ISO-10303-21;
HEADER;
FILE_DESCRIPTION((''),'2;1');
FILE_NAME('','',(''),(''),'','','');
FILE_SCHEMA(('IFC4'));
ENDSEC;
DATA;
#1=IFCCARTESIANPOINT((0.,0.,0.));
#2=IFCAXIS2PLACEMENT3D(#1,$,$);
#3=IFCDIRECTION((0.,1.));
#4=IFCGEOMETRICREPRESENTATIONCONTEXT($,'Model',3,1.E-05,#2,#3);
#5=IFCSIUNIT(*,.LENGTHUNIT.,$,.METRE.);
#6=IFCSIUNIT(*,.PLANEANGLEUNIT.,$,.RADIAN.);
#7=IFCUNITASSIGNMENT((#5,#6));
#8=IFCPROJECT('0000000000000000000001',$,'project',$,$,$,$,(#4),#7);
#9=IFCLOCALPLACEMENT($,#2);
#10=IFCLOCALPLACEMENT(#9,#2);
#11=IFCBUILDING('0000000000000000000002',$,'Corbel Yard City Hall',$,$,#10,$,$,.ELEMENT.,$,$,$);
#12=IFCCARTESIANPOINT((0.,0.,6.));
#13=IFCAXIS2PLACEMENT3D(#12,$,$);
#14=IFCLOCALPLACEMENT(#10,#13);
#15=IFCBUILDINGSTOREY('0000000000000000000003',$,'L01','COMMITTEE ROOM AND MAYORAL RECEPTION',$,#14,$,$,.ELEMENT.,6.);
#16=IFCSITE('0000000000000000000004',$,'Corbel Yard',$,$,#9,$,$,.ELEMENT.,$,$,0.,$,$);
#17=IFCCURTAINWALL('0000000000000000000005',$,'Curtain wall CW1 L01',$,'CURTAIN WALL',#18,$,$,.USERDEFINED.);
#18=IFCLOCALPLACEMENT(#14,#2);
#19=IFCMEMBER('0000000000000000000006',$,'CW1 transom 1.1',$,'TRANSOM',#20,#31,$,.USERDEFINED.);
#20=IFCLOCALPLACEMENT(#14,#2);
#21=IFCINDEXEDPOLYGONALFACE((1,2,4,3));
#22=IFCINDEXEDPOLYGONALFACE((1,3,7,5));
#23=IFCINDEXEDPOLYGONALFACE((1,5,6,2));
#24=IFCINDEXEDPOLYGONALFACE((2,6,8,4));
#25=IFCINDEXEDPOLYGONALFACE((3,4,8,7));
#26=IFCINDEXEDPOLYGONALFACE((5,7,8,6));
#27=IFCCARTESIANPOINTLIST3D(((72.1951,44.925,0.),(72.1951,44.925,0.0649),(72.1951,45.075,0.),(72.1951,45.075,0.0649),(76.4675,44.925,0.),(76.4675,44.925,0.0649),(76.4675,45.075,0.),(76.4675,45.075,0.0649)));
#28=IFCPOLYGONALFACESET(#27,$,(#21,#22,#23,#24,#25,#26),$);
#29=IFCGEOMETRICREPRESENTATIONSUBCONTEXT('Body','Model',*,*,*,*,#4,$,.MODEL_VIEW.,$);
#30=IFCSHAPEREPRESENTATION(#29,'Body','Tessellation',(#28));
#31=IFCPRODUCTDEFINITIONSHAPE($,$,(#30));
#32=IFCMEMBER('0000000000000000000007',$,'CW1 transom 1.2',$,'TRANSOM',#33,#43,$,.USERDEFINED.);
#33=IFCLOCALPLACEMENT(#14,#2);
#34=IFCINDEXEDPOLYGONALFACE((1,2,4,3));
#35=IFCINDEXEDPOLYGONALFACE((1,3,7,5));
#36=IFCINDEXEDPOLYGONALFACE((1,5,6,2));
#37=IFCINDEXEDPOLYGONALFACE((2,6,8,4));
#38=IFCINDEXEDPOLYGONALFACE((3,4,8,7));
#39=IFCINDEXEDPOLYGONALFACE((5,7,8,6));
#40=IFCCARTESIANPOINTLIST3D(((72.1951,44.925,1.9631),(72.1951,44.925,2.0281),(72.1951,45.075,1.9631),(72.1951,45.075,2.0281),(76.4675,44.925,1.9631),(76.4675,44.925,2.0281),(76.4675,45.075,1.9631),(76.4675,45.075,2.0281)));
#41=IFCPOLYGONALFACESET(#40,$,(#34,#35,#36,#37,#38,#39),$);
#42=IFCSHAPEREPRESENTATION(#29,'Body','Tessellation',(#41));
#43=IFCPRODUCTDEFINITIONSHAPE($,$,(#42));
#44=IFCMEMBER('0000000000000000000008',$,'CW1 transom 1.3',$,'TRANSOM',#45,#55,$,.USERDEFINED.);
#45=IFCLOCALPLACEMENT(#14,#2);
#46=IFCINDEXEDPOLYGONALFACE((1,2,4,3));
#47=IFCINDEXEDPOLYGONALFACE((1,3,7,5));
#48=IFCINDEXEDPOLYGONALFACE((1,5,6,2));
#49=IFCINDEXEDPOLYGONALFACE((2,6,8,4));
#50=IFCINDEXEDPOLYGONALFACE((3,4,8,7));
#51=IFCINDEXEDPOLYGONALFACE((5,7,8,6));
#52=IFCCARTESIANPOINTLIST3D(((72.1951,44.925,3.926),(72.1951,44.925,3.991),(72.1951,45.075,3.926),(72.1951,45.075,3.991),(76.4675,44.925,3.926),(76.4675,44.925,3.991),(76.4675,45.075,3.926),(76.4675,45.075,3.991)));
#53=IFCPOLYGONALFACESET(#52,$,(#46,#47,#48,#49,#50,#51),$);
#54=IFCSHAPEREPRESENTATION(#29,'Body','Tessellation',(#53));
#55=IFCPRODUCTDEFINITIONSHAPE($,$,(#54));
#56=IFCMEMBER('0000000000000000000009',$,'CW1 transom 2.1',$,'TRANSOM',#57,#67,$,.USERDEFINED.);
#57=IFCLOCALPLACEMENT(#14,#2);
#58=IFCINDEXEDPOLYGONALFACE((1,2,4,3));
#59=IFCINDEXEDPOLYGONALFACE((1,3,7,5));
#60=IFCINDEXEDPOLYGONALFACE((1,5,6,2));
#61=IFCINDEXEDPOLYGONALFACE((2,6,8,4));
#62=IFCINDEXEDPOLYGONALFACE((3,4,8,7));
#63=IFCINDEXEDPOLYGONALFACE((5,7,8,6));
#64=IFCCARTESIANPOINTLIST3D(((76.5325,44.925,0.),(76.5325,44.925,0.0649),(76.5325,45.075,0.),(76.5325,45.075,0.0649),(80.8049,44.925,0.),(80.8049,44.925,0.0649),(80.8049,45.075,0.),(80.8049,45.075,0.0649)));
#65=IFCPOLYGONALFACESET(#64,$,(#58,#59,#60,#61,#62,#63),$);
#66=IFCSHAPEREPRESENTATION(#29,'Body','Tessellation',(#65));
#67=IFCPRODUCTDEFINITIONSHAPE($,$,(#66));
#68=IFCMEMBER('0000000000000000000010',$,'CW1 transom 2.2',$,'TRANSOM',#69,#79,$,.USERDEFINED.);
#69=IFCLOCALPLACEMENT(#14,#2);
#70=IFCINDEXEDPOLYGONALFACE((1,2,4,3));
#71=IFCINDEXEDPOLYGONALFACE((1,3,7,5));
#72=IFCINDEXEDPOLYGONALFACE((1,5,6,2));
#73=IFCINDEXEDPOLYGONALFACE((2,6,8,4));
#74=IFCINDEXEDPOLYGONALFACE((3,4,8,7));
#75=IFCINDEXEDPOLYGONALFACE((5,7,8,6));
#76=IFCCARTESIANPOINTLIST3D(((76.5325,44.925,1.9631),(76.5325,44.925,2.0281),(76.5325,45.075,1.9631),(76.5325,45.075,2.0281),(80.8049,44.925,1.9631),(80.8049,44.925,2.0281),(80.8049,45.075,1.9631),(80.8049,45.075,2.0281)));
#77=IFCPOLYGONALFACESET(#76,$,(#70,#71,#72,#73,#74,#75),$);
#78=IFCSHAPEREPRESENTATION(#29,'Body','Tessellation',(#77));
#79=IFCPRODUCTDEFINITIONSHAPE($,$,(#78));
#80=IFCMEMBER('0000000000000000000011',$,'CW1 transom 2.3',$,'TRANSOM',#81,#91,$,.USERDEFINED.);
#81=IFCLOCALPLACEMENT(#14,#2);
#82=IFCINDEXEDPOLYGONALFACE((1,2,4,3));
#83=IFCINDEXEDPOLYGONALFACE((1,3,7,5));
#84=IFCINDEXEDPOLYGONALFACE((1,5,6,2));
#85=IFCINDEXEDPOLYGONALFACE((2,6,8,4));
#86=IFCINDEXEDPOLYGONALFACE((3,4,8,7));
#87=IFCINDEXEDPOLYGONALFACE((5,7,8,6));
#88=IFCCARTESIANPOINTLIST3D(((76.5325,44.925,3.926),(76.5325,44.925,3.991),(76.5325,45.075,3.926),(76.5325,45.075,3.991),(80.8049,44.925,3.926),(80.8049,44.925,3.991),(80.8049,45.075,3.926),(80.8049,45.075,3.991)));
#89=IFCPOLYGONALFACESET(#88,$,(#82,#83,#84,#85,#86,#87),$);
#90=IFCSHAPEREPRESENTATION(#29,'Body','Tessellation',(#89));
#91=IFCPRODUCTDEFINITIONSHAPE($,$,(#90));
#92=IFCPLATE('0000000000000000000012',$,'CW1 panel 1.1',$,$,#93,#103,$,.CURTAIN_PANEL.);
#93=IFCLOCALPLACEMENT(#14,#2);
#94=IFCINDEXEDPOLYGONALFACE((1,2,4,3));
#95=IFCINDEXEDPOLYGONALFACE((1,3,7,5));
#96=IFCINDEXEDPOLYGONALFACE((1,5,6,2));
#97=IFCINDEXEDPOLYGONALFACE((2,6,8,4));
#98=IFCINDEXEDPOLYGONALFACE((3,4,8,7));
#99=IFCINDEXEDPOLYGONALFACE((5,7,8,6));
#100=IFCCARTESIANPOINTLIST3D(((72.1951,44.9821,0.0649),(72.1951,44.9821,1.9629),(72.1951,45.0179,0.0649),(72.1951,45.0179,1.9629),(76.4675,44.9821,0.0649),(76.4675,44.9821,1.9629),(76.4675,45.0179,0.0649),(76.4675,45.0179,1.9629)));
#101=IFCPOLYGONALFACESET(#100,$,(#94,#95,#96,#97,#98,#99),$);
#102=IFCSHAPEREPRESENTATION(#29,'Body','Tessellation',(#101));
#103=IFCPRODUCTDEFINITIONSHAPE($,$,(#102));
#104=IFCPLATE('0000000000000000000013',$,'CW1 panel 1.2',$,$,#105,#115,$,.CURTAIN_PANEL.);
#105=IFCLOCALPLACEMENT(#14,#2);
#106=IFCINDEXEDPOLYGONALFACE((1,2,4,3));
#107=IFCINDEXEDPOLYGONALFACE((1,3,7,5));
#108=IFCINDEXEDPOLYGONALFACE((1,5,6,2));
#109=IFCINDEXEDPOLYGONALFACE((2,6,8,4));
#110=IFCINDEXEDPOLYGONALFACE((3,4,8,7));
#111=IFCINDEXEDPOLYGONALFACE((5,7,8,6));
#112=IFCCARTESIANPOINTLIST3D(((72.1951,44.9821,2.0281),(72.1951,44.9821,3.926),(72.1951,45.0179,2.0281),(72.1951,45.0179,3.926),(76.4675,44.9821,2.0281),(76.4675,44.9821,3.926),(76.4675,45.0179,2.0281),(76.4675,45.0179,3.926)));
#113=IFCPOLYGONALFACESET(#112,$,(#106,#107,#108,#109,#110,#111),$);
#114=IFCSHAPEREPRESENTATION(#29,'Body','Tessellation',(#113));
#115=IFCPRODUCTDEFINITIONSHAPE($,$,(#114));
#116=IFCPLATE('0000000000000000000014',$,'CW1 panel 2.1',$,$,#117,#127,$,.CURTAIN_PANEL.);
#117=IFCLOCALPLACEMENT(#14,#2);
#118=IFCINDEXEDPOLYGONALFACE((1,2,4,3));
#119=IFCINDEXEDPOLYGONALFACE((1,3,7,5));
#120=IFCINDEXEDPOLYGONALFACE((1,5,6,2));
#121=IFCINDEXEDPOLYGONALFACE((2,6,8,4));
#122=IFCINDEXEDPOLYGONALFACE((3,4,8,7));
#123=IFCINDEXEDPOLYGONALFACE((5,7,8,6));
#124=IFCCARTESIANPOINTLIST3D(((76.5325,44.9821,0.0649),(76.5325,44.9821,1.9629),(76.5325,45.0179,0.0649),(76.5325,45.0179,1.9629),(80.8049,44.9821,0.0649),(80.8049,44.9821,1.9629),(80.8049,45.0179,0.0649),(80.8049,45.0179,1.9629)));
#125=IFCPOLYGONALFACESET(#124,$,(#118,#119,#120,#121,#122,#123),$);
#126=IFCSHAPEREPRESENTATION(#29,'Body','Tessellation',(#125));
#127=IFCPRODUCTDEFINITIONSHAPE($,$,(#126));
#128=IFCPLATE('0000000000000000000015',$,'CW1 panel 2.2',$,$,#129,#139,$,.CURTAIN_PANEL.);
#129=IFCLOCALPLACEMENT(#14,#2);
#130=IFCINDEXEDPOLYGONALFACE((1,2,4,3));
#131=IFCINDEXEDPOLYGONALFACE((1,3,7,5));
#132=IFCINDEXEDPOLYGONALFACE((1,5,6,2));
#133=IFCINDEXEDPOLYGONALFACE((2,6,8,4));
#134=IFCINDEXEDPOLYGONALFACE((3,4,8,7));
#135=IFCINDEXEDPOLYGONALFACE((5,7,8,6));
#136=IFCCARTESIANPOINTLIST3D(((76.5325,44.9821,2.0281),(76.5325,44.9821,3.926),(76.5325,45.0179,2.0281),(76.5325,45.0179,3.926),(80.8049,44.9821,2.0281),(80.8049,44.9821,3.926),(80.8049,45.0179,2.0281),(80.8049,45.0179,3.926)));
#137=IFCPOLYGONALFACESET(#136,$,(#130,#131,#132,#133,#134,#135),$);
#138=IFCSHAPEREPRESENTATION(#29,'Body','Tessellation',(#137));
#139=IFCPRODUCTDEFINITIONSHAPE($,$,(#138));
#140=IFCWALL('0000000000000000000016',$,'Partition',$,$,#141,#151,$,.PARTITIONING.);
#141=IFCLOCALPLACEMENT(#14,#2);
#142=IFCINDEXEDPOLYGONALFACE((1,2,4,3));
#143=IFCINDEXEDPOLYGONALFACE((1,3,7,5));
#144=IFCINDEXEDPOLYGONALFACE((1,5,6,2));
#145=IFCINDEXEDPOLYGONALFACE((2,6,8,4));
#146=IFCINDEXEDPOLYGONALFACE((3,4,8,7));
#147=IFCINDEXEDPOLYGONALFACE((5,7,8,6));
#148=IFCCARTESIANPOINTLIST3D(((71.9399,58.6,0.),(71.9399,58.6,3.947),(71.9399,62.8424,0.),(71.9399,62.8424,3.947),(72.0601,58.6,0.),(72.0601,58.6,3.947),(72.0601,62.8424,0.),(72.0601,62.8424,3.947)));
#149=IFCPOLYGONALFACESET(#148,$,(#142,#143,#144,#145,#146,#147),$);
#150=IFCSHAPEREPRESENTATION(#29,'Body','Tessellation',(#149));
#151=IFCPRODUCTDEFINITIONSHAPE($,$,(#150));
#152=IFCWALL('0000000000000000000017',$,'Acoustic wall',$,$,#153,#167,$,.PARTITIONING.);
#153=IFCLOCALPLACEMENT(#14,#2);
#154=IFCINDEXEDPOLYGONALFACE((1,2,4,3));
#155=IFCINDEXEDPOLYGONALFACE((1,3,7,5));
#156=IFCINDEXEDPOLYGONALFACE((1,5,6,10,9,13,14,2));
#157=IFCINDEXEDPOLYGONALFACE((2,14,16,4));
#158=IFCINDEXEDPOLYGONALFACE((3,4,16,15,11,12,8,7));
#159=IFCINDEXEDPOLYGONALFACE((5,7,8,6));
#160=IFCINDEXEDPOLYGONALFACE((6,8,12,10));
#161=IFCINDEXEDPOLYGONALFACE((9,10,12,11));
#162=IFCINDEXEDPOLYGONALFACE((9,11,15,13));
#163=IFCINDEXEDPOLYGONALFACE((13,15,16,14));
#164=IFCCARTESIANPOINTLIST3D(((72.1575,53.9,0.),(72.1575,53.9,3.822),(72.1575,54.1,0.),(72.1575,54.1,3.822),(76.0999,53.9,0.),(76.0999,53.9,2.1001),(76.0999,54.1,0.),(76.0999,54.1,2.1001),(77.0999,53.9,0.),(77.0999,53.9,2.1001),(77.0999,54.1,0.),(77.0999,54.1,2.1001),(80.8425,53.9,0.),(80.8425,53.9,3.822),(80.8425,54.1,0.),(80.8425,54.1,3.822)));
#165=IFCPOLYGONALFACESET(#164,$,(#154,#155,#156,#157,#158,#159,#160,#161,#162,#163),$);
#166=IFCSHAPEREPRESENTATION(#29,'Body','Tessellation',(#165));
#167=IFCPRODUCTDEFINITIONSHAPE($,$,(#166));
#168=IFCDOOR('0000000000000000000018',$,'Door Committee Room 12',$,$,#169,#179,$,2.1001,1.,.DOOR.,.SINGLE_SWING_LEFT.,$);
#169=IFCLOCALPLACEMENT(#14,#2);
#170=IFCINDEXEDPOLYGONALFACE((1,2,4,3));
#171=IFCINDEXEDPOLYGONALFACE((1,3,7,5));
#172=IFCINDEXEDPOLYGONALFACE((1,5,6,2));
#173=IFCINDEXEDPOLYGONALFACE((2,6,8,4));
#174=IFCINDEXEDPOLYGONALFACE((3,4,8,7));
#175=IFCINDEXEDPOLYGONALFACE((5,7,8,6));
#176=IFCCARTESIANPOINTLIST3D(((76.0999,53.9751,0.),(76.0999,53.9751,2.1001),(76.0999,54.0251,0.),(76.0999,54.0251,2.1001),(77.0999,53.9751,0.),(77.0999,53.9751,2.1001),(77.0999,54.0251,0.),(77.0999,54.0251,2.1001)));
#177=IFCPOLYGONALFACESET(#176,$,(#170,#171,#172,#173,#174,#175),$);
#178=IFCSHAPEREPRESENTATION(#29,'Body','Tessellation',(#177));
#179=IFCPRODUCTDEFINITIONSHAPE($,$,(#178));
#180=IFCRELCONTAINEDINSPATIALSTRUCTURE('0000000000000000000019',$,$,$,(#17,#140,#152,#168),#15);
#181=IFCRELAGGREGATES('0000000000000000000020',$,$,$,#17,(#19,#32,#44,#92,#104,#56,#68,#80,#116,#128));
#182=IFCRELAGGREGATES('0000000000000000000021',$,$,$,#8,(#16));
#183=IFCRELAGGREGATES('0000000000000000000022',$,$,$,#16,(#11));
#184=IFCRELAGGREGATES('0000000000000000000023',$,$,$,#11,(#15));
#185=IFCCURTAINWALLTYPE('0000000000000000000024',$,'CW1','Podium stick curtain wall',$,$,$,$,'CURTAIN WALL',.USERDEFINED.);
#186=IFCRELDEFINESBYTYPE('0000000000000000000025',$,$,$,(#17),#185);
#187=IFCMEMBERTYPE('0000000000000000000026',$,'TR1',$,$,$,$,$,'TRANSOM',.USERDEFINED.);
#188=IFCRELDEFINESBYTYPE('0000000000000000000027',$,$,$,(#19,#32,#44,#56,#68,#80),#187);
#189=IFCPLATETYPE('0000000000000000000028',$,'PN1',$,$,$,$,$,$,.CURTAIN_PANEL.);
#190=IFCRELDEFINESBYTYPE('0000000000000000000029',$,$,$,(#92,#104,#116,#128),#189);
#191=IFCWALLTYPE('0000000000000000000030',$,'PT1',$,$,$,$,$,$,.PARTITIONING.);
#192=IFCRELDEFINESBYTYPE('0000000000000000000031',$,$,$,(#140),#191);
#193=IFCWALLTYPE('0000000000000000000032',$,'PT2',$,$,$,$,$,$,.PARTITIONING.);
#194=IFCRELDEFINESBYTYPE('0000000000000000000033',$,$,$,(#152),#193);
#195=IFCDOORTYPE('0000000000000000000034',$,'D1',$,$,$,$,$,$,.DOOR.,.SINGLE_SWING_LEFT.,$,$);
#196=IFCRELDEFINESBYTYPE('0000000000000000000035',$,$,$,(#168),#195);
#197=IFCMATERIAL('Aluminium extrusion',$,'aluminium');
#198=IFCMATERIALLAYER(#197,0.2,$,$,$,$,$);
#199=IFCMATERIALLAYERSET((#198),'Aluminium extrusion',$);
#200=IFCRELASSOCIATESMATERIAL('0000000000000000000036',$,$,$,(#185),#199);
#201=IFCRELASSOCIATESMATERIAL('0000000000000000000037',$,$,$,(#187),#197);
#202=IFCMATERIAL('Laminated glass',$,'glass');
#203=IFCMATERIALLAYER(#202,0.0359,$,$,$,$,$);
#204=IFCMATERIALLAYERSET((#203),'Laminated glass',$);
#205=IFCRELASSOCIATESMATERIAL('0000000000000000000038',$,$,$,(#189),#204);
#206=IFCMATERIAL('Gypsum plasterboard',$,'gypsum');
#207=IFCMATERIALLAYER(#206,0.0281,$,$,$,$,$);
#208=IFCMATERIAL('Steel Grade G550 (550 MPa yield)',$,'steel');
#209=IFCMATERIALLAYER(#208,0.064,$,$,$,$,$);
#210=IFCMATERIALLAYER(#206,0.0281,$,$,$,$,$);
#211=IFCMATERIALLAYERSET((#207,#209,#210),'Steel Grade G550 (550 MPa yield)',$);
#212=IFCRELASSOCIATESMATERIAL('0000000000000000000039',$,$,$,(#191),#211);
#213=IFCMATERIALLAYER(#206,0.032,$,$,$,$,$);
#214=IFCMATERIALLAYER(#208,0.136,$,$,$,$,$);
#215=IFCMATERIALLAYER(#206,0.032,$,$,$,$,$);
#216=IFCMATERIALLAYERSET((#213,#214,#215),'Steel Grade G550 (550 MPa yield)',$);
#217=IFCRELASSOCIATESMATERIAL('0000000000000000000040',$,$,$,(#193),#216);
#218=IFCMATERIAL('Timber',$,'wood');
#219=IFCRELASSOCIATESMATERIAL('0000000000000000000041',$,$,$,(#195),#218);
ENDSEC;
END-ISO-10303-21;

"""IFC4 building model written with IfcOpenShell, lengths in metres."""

from ifc_helpers import new_model, si_unit, direction, frame, frame_2d, origin, origin_2d, place, context, subcontext, project, spatial, rectangle, extrude, material, layer, layer_set, material_profile, profile_set, type_object, element, fill, aggregate, save


model = new_model("IFC4")

# Units and contexts
model_context = context("Model", 3, precision=1e-05, world=origin(), true_north=direction((0.0, 1.0)))
body_context = subcontext(model_context, "Body", "Model", "MODEL_VIEW")
ifc_project = project(units=[si_unit("LENGTHUNIT", "METRE"), si_unit("PLANEANGLEUNIT", "RADIAN")], contexts=[model_context])

# Site, building, storey
site_placement = place(None, origin())
site = spatial("IfcSite", under=ifc_project, at=site_placement, Name="Corbel Yard", CompositionType="ELEMENT", RefElevation=0.0)
building_placement = place(site_placement, origin())
building = spatial("IfcBuilding", under=site, at=building_placement, Name="Corbel Yard City Hall", CompositionType="ELEMENT")
storey_placement = place(building_placement, frame((0.0, 0.0, 6.0)))
storey = spatial("IfcBuildingStorey", under=building, at=storey_placement, Name="L01", Description="COMMITTEE ROOM AND MAYORAL RECEPTION", CompositionType="ELEMENT", Elevation=6.0)

# Shared definitions
ifc_material_1 = material(Name="Aluminium extrusion", Category="aluminium")
ifc_layer_1 = layer(ifc_material_1, 0.2)
ifc_layer_set_1 = layer_set([ifc_layer_1], Name="Aluminium extrusion")
curtain_wall_type = type_object("IfcCurtainWallType", Name="CW1", Description="Podium stick curtain wall", ElementType="CURTAIN WALL", PredefinedType="USERDEFINED", material=ifc_layer_set_1)

# Curtain wall
curtain_wall_1_placement = place(storey_placement, origin())
curtain_wall_1 = element("IfcCurtainWall", 1, at=curtain_wall_1_placement, inside=storey, type_object=curtain_wall_type, Name="Curtain wall CW1 L01", ObjectType="CURTAIN WALL", PredefinedType="USERDEFINED")

# Members
ifc_material_profile_1 = material_profile(ifc_material_1, rectangle(XDim=0.1499, YDim=0.0649, at=origin_2d()), Name="150x65")
ifc_profile_set_1 = profile_set([ifc_material_profile_1], Name="Aluminium extrusion")
member_type_1 = type_object("IfcMemberType", Name="TR1", ElementType="TRANSOM", PredefinedType="USERDEFINED", material=ifc_profile_set_1)
member_1_placement = place(storey_placement, frame((72.1951, 45.0, 0.0325), z_axis=(1.0, 0.0, 0.0), x_axis=(0.0, 1.0, 0.0)))
member_1 = element("IfcMember", 2, at=member_1_placement, type_object=member_type_1, Name="CW1 transom 1.1", ObjectType="TRANSOM", PredefinedType="USERDEFINED", context=body_context, shape_type="SweptSolid", body=[
    extrude(rectangle(XDim=0.1499, YDim=0.0649, at=origin_2d()), origin(), (0.0, 0.0, 1.0), 4.2725),
])
member_2_placement = place(storey_placement, frame((72.1951, 45.0, 1.9956), z_axis=(1.0, 0.0, 0.0), x_axis=(0.0, 1.0, 0.0)))
member_2 = element("IfcMember", 3, at=member_2_placement, type_object=member_type_1, Name="CW1 transom 1.2", ObjectType="TRANSOM", PredefinedType="USERDEFINED", context=body_context, shape_type="SweptSolid", body=[
    extrude(rectangle(XDim=0.1499, YDim=0.0649, at=origin_2d()), origin(), (0.0, 0.0, 1.0), 4.2725),
])
member_3_placement = place(storey_placement, frame((72.1951, 45.0, 3.9585), z_axis=(1.0, 0.0, 0.0), x_axis=(0.0, 1.0, 0.0)))
member_3 = element("IfcMember", 4, at=member_3_placement, type_object=member_type_1, Name="CW1 transom 1.3", ObjectType="TRANSOM", PredefinedType="USERDEFINED", context=body_context, shape_type="SweptSolid", body=[
    extrude(rectangle(XDim=0.1499, YDim=0.0649, at=origin_2d()), origin(), (0.0, 0.0, 1.0), 4.2725),
])
member_4_placement = place(storey_placement, frame((76.5325, 45.0, 0.0325), z_axis=(1.0, 0.0, 0.0), x_axis=(0.0, 1.0, 0.0)))
member_4 = element("IfcMember", 5, at=member_4_placement, type_object=member_type_1, Name="CW1 transom 2.1", ObjectType="TRANSOM", PredefinedType="USERDEFINED", context=body_context, shape_type="SweptSolid", body=[
    extrude(rectangle(XDim=0.1499, YDim=0.0649, at=origin_2d()), origin(), (0.0, 0.0, 1.0), 4.2725),
])
member_5_placement = place(storey_placement, frame((76.5325, 45.0, 1.9956), z_axis=(1.0, 0.0, 0.0), x_axis=(0.0, 1.0, 0.0)))
member_5 = element("IfcMember", 6, at=member_5_placement, type_object=member_type_1, Name="CW1 transom 2.2", ObjectType="TRANSOM", PredefinedType="USERDEFINED", context=body_context, shape_type="SweptSolid", body=[
    extrude(rectangle(XDim=0.1499, YDim=0.0649, at=origin_2d()), origin(), (0.0, 0.0, 1.0), 4.2725),
])
member_6_placement = place(storey_placement, frame((76.5325, 45.0, 3.9585), z_axis=(1.0, 0.0, 0.0), x_axis=(0.0, 1.0, 0.0)))
member_6 = element("IfcMember", 7, at=member_6_placement, type_object=member_type_1, Name="CW1 transom 2.3", ObjectType="TRANSOM", PredefinedType="USERDEFINED", context=body_context, shape_type="SweptSolid", body=[
    extrude(rectangle(XDim=0.1499, YDim=0.0649, at=origin_2d()), origin(), (0.0, 0.0, 1.0), 4.2725),
])

# Plates
ifc_material_2 = material(Name="Laminated glass", Category="glass")
ifc_layer_2 = layer(ifc_material_2, 0.0359)
ifc_layer_set_2 = layer_set([ifc_layer_2], Name="Laminated glass")
plate_type = type_object("IfcPlateType", Name="PN1", PredefinedType="CURTAIN_PANEL", material=ifc_layer_set_2)
plate_1_placement = place(storey_placement, frame((74.3313, 45.0, 0.0649), z_axis=(0.0, 0.0, 1.0), x_axis=(1.0, 0.0, 0.0)))
plate_1 = element("IfcPlate", 8, at=plate_1_placement, type_object=plate_type, Name="CW1 panel 1.1", PredefinedType="CURTAIN_PANEL", context=body_context, shape_type="SweptSolid", body=[
    extrude(rectangle(XDim=4.2725, YDim=0.0359, at=origin_2d()), origin(), (0.0, 0.0, 1.0), 1.8979),
])
plate_2_placement = place(storey_placement, frame((74.3313, 45.0, 2.0281), z_axis=(0.0, 0.0, 1.0), x_axis=(1.0, 0.0, 0.0)))
plate_2 = element("IfcPlate", 9, at=plate_2_placement, type_object=plate_type, Name="CW1 panel 1.2", PredefinedType="CURTAIN_PANEL", context=body_context, shape_type="SweptSolid", body=[
    extrude(rectangle(XDim=4.2725, YDim=0.0359, at=origin_2d()), origin(), (0.0, 0.0, 1.0), 1.8979),
])
plate_3_placement = place(storey_placement, frame((78.6687, 45.0, 0.0649), z_axis=(0.0, 0.0, 1.0), x_axis=(1.0, 0.0, 0.0)))
plate_3 = element("IfcPlate", 10, at=plate_3_placement, type_object=plate_type, Name="CW1 panel 2.1", PredefinedType="CURTAIN_PANEL", context=body_context, shape_type="SweptSolid", body=[
    extrude(rectangle(XDim=4.2725, YDim=0.0359, at=origin_2d()), origin(), (0.0, 0.0, 1.0), 1.8979),
])
plate_4_placement = place(storey_placement, frame((78.6687, 45.0, 2.0281), z_axis=(0.0, 0.0, 1.0), x_axis=(1.0, 0.0, 0.0)))
plate_4 = element("IfcPlate", 11, at=plate_4_placement, type_object=plate_type, Name="CW1 panel 2.2", PredefinedType="CURTAIN_PANEL", context=body_context, shape_type="SweptSolid", body=[
    extrude(rectangle(XDim=4.2725, YDim=0.0359, at=origin_2d()), origin(), (0.0, 0.0, 1.0), 1.8979),
])
aggregate(curtain_wall_1, [member_1, member_2, member_3, plate_1, plate_2, member_4, member_5, member_6, plate_3, plate_4])

# Wall
ifc_material_3 = material(Name="Gypsum plasterboard", Category="gypsum")
ifc_layer_3 = layer(ifc_material_3, 0.0281)
ifc_material_4 = material(Name="Steel Grade G550 (550 MPa yield)", Category="steel")
ifc_layer_4 = layer(ifc_material_4, 0.064)
ifc_layer_5 = layer(ifc_material_3, 0.0281)
ifc_layer_set_3 = layer_set([ifc_layer_3, ifc_layer_4, ifc_layer_5], Name="Steel Grade G550 (550 MPa yield)")
wall_type_1 = type_object("IfcWallType", Name="PT1", PredefinedType="PARTITIONING", material=ifc_layer_set_3)
wall_1_placement = place(storey_placement, frame((72.0, 58.6001, 0.0), z_axis=(0.0, 0.0, 1.0), x_axis=(0.0, 1.0, 0.0)))
element("IfcWall", 12, at=wall_1_placement, inside=storey, type_object=wall_type_1, Name="Partition", PredefinedType="PARTITIONING", context=body_context, shape_type="SweptSolid", body=[
    extrude(rectangle(XDim=4.2424, YDim=0.1201, at=frame_2d((2.1211, 0.0))), origin(), (0.0, 0.0, 1.0), 3.947),
])

# Wall, opening, door
ifc_layer_6 = layer(ifc_material_3, 0.032)
ifc_layer_7 = layer(ifc_material_4, 0.136)
ifc_layer_8 = layer(ifc_material_3, 0.032)
ifc_layer_set_4 = layer_set([ifc_layer_6, ifc_layer_7, ifc_layer_8], Name="Steel Grade G550 (550 MPa yield)")
wall_type_2 = type_object("IfcWallType", Name="PT2", PredefinedType="PARTITIONING", material=ifc_layer_set_4)
wall_2_placement = place(storey_placement, frame((72.1575, 54.0, 0.0), z_axis=(0.0, 0.0, 1.0), x_axis=(1.0, 0.0, 0.0)))
wall_2 = element("IfcWall", 13, at=wall_2_placement, inside=storey, type_object=wall_type_2, Name="Acoustic wall", PredefinedType="PARTITIONING", context=body_context, shape_type="SweptSolid", body=[
    extrude(rectangle(XDim=8.6851, YDim=0.2, at=frame_2d((4.3425, 0.0))), origin(), (0.0, 0.0, 1.0), 3.822),
])
opening_placement = place(wall_2_placement, frame((3.9424, 0.0, 0.0)))
opening = element("IfcOpeningElement", 14, at=opening_placement, cuts=wall_2, PredefinedType="OPENING", context=body_context, shape_type="SweptSolid", body=[
    extrude(rectangle(XDim=1.0, YDim=2.1001, at=frame_2d((0.5, 1.05))), frame((0.0, 0.1099, 0.0), z_axis=(0.0, -1.0, 0.0), x_axis=(1.0, 0.0, 0.0)), (0.0, 0.0, 1.0), 0.22),
])
ifc_material_5 = material(Name="Timber", Category="wood")
door_type = type_object("IfcDoorType", Name="D1", OperationType="SINGLE_SWING_LEFT", PredefinedType="DOOR", material=ifc_material_5)
door_placement = place(opening_placement, frame((1.0, 0.0, 0.0), z_axis=(0.0, 0.0, 1.0), x_axis=(-1.0, 0.0, 0.0)))
door = element("IfcDoor", 15, at=door_placement, inside=storey, type_object=door_type, Name="Door Committee Room 12", OperationType="SINGLE_SWING_LEFT", OverallHeight=2.1001, OverallWidth=1.0, PredefinedType="DOOR", context=body_context, shape_type="SweptSolid", body=[
    extrude(rectangle(XDim=1.0, YDim=2.1001, at=frame_2d((0.5, 1.05))), frame((0.0, 0.0249, 0.0), z_axis=(0.0, -1.0, 0.0), x_axis=(1.0, 0.0, 0.0)), (0.0, 0.0, 1.0), 0.05),
])
fill(opening, door)

save(model, "model.ifc")
